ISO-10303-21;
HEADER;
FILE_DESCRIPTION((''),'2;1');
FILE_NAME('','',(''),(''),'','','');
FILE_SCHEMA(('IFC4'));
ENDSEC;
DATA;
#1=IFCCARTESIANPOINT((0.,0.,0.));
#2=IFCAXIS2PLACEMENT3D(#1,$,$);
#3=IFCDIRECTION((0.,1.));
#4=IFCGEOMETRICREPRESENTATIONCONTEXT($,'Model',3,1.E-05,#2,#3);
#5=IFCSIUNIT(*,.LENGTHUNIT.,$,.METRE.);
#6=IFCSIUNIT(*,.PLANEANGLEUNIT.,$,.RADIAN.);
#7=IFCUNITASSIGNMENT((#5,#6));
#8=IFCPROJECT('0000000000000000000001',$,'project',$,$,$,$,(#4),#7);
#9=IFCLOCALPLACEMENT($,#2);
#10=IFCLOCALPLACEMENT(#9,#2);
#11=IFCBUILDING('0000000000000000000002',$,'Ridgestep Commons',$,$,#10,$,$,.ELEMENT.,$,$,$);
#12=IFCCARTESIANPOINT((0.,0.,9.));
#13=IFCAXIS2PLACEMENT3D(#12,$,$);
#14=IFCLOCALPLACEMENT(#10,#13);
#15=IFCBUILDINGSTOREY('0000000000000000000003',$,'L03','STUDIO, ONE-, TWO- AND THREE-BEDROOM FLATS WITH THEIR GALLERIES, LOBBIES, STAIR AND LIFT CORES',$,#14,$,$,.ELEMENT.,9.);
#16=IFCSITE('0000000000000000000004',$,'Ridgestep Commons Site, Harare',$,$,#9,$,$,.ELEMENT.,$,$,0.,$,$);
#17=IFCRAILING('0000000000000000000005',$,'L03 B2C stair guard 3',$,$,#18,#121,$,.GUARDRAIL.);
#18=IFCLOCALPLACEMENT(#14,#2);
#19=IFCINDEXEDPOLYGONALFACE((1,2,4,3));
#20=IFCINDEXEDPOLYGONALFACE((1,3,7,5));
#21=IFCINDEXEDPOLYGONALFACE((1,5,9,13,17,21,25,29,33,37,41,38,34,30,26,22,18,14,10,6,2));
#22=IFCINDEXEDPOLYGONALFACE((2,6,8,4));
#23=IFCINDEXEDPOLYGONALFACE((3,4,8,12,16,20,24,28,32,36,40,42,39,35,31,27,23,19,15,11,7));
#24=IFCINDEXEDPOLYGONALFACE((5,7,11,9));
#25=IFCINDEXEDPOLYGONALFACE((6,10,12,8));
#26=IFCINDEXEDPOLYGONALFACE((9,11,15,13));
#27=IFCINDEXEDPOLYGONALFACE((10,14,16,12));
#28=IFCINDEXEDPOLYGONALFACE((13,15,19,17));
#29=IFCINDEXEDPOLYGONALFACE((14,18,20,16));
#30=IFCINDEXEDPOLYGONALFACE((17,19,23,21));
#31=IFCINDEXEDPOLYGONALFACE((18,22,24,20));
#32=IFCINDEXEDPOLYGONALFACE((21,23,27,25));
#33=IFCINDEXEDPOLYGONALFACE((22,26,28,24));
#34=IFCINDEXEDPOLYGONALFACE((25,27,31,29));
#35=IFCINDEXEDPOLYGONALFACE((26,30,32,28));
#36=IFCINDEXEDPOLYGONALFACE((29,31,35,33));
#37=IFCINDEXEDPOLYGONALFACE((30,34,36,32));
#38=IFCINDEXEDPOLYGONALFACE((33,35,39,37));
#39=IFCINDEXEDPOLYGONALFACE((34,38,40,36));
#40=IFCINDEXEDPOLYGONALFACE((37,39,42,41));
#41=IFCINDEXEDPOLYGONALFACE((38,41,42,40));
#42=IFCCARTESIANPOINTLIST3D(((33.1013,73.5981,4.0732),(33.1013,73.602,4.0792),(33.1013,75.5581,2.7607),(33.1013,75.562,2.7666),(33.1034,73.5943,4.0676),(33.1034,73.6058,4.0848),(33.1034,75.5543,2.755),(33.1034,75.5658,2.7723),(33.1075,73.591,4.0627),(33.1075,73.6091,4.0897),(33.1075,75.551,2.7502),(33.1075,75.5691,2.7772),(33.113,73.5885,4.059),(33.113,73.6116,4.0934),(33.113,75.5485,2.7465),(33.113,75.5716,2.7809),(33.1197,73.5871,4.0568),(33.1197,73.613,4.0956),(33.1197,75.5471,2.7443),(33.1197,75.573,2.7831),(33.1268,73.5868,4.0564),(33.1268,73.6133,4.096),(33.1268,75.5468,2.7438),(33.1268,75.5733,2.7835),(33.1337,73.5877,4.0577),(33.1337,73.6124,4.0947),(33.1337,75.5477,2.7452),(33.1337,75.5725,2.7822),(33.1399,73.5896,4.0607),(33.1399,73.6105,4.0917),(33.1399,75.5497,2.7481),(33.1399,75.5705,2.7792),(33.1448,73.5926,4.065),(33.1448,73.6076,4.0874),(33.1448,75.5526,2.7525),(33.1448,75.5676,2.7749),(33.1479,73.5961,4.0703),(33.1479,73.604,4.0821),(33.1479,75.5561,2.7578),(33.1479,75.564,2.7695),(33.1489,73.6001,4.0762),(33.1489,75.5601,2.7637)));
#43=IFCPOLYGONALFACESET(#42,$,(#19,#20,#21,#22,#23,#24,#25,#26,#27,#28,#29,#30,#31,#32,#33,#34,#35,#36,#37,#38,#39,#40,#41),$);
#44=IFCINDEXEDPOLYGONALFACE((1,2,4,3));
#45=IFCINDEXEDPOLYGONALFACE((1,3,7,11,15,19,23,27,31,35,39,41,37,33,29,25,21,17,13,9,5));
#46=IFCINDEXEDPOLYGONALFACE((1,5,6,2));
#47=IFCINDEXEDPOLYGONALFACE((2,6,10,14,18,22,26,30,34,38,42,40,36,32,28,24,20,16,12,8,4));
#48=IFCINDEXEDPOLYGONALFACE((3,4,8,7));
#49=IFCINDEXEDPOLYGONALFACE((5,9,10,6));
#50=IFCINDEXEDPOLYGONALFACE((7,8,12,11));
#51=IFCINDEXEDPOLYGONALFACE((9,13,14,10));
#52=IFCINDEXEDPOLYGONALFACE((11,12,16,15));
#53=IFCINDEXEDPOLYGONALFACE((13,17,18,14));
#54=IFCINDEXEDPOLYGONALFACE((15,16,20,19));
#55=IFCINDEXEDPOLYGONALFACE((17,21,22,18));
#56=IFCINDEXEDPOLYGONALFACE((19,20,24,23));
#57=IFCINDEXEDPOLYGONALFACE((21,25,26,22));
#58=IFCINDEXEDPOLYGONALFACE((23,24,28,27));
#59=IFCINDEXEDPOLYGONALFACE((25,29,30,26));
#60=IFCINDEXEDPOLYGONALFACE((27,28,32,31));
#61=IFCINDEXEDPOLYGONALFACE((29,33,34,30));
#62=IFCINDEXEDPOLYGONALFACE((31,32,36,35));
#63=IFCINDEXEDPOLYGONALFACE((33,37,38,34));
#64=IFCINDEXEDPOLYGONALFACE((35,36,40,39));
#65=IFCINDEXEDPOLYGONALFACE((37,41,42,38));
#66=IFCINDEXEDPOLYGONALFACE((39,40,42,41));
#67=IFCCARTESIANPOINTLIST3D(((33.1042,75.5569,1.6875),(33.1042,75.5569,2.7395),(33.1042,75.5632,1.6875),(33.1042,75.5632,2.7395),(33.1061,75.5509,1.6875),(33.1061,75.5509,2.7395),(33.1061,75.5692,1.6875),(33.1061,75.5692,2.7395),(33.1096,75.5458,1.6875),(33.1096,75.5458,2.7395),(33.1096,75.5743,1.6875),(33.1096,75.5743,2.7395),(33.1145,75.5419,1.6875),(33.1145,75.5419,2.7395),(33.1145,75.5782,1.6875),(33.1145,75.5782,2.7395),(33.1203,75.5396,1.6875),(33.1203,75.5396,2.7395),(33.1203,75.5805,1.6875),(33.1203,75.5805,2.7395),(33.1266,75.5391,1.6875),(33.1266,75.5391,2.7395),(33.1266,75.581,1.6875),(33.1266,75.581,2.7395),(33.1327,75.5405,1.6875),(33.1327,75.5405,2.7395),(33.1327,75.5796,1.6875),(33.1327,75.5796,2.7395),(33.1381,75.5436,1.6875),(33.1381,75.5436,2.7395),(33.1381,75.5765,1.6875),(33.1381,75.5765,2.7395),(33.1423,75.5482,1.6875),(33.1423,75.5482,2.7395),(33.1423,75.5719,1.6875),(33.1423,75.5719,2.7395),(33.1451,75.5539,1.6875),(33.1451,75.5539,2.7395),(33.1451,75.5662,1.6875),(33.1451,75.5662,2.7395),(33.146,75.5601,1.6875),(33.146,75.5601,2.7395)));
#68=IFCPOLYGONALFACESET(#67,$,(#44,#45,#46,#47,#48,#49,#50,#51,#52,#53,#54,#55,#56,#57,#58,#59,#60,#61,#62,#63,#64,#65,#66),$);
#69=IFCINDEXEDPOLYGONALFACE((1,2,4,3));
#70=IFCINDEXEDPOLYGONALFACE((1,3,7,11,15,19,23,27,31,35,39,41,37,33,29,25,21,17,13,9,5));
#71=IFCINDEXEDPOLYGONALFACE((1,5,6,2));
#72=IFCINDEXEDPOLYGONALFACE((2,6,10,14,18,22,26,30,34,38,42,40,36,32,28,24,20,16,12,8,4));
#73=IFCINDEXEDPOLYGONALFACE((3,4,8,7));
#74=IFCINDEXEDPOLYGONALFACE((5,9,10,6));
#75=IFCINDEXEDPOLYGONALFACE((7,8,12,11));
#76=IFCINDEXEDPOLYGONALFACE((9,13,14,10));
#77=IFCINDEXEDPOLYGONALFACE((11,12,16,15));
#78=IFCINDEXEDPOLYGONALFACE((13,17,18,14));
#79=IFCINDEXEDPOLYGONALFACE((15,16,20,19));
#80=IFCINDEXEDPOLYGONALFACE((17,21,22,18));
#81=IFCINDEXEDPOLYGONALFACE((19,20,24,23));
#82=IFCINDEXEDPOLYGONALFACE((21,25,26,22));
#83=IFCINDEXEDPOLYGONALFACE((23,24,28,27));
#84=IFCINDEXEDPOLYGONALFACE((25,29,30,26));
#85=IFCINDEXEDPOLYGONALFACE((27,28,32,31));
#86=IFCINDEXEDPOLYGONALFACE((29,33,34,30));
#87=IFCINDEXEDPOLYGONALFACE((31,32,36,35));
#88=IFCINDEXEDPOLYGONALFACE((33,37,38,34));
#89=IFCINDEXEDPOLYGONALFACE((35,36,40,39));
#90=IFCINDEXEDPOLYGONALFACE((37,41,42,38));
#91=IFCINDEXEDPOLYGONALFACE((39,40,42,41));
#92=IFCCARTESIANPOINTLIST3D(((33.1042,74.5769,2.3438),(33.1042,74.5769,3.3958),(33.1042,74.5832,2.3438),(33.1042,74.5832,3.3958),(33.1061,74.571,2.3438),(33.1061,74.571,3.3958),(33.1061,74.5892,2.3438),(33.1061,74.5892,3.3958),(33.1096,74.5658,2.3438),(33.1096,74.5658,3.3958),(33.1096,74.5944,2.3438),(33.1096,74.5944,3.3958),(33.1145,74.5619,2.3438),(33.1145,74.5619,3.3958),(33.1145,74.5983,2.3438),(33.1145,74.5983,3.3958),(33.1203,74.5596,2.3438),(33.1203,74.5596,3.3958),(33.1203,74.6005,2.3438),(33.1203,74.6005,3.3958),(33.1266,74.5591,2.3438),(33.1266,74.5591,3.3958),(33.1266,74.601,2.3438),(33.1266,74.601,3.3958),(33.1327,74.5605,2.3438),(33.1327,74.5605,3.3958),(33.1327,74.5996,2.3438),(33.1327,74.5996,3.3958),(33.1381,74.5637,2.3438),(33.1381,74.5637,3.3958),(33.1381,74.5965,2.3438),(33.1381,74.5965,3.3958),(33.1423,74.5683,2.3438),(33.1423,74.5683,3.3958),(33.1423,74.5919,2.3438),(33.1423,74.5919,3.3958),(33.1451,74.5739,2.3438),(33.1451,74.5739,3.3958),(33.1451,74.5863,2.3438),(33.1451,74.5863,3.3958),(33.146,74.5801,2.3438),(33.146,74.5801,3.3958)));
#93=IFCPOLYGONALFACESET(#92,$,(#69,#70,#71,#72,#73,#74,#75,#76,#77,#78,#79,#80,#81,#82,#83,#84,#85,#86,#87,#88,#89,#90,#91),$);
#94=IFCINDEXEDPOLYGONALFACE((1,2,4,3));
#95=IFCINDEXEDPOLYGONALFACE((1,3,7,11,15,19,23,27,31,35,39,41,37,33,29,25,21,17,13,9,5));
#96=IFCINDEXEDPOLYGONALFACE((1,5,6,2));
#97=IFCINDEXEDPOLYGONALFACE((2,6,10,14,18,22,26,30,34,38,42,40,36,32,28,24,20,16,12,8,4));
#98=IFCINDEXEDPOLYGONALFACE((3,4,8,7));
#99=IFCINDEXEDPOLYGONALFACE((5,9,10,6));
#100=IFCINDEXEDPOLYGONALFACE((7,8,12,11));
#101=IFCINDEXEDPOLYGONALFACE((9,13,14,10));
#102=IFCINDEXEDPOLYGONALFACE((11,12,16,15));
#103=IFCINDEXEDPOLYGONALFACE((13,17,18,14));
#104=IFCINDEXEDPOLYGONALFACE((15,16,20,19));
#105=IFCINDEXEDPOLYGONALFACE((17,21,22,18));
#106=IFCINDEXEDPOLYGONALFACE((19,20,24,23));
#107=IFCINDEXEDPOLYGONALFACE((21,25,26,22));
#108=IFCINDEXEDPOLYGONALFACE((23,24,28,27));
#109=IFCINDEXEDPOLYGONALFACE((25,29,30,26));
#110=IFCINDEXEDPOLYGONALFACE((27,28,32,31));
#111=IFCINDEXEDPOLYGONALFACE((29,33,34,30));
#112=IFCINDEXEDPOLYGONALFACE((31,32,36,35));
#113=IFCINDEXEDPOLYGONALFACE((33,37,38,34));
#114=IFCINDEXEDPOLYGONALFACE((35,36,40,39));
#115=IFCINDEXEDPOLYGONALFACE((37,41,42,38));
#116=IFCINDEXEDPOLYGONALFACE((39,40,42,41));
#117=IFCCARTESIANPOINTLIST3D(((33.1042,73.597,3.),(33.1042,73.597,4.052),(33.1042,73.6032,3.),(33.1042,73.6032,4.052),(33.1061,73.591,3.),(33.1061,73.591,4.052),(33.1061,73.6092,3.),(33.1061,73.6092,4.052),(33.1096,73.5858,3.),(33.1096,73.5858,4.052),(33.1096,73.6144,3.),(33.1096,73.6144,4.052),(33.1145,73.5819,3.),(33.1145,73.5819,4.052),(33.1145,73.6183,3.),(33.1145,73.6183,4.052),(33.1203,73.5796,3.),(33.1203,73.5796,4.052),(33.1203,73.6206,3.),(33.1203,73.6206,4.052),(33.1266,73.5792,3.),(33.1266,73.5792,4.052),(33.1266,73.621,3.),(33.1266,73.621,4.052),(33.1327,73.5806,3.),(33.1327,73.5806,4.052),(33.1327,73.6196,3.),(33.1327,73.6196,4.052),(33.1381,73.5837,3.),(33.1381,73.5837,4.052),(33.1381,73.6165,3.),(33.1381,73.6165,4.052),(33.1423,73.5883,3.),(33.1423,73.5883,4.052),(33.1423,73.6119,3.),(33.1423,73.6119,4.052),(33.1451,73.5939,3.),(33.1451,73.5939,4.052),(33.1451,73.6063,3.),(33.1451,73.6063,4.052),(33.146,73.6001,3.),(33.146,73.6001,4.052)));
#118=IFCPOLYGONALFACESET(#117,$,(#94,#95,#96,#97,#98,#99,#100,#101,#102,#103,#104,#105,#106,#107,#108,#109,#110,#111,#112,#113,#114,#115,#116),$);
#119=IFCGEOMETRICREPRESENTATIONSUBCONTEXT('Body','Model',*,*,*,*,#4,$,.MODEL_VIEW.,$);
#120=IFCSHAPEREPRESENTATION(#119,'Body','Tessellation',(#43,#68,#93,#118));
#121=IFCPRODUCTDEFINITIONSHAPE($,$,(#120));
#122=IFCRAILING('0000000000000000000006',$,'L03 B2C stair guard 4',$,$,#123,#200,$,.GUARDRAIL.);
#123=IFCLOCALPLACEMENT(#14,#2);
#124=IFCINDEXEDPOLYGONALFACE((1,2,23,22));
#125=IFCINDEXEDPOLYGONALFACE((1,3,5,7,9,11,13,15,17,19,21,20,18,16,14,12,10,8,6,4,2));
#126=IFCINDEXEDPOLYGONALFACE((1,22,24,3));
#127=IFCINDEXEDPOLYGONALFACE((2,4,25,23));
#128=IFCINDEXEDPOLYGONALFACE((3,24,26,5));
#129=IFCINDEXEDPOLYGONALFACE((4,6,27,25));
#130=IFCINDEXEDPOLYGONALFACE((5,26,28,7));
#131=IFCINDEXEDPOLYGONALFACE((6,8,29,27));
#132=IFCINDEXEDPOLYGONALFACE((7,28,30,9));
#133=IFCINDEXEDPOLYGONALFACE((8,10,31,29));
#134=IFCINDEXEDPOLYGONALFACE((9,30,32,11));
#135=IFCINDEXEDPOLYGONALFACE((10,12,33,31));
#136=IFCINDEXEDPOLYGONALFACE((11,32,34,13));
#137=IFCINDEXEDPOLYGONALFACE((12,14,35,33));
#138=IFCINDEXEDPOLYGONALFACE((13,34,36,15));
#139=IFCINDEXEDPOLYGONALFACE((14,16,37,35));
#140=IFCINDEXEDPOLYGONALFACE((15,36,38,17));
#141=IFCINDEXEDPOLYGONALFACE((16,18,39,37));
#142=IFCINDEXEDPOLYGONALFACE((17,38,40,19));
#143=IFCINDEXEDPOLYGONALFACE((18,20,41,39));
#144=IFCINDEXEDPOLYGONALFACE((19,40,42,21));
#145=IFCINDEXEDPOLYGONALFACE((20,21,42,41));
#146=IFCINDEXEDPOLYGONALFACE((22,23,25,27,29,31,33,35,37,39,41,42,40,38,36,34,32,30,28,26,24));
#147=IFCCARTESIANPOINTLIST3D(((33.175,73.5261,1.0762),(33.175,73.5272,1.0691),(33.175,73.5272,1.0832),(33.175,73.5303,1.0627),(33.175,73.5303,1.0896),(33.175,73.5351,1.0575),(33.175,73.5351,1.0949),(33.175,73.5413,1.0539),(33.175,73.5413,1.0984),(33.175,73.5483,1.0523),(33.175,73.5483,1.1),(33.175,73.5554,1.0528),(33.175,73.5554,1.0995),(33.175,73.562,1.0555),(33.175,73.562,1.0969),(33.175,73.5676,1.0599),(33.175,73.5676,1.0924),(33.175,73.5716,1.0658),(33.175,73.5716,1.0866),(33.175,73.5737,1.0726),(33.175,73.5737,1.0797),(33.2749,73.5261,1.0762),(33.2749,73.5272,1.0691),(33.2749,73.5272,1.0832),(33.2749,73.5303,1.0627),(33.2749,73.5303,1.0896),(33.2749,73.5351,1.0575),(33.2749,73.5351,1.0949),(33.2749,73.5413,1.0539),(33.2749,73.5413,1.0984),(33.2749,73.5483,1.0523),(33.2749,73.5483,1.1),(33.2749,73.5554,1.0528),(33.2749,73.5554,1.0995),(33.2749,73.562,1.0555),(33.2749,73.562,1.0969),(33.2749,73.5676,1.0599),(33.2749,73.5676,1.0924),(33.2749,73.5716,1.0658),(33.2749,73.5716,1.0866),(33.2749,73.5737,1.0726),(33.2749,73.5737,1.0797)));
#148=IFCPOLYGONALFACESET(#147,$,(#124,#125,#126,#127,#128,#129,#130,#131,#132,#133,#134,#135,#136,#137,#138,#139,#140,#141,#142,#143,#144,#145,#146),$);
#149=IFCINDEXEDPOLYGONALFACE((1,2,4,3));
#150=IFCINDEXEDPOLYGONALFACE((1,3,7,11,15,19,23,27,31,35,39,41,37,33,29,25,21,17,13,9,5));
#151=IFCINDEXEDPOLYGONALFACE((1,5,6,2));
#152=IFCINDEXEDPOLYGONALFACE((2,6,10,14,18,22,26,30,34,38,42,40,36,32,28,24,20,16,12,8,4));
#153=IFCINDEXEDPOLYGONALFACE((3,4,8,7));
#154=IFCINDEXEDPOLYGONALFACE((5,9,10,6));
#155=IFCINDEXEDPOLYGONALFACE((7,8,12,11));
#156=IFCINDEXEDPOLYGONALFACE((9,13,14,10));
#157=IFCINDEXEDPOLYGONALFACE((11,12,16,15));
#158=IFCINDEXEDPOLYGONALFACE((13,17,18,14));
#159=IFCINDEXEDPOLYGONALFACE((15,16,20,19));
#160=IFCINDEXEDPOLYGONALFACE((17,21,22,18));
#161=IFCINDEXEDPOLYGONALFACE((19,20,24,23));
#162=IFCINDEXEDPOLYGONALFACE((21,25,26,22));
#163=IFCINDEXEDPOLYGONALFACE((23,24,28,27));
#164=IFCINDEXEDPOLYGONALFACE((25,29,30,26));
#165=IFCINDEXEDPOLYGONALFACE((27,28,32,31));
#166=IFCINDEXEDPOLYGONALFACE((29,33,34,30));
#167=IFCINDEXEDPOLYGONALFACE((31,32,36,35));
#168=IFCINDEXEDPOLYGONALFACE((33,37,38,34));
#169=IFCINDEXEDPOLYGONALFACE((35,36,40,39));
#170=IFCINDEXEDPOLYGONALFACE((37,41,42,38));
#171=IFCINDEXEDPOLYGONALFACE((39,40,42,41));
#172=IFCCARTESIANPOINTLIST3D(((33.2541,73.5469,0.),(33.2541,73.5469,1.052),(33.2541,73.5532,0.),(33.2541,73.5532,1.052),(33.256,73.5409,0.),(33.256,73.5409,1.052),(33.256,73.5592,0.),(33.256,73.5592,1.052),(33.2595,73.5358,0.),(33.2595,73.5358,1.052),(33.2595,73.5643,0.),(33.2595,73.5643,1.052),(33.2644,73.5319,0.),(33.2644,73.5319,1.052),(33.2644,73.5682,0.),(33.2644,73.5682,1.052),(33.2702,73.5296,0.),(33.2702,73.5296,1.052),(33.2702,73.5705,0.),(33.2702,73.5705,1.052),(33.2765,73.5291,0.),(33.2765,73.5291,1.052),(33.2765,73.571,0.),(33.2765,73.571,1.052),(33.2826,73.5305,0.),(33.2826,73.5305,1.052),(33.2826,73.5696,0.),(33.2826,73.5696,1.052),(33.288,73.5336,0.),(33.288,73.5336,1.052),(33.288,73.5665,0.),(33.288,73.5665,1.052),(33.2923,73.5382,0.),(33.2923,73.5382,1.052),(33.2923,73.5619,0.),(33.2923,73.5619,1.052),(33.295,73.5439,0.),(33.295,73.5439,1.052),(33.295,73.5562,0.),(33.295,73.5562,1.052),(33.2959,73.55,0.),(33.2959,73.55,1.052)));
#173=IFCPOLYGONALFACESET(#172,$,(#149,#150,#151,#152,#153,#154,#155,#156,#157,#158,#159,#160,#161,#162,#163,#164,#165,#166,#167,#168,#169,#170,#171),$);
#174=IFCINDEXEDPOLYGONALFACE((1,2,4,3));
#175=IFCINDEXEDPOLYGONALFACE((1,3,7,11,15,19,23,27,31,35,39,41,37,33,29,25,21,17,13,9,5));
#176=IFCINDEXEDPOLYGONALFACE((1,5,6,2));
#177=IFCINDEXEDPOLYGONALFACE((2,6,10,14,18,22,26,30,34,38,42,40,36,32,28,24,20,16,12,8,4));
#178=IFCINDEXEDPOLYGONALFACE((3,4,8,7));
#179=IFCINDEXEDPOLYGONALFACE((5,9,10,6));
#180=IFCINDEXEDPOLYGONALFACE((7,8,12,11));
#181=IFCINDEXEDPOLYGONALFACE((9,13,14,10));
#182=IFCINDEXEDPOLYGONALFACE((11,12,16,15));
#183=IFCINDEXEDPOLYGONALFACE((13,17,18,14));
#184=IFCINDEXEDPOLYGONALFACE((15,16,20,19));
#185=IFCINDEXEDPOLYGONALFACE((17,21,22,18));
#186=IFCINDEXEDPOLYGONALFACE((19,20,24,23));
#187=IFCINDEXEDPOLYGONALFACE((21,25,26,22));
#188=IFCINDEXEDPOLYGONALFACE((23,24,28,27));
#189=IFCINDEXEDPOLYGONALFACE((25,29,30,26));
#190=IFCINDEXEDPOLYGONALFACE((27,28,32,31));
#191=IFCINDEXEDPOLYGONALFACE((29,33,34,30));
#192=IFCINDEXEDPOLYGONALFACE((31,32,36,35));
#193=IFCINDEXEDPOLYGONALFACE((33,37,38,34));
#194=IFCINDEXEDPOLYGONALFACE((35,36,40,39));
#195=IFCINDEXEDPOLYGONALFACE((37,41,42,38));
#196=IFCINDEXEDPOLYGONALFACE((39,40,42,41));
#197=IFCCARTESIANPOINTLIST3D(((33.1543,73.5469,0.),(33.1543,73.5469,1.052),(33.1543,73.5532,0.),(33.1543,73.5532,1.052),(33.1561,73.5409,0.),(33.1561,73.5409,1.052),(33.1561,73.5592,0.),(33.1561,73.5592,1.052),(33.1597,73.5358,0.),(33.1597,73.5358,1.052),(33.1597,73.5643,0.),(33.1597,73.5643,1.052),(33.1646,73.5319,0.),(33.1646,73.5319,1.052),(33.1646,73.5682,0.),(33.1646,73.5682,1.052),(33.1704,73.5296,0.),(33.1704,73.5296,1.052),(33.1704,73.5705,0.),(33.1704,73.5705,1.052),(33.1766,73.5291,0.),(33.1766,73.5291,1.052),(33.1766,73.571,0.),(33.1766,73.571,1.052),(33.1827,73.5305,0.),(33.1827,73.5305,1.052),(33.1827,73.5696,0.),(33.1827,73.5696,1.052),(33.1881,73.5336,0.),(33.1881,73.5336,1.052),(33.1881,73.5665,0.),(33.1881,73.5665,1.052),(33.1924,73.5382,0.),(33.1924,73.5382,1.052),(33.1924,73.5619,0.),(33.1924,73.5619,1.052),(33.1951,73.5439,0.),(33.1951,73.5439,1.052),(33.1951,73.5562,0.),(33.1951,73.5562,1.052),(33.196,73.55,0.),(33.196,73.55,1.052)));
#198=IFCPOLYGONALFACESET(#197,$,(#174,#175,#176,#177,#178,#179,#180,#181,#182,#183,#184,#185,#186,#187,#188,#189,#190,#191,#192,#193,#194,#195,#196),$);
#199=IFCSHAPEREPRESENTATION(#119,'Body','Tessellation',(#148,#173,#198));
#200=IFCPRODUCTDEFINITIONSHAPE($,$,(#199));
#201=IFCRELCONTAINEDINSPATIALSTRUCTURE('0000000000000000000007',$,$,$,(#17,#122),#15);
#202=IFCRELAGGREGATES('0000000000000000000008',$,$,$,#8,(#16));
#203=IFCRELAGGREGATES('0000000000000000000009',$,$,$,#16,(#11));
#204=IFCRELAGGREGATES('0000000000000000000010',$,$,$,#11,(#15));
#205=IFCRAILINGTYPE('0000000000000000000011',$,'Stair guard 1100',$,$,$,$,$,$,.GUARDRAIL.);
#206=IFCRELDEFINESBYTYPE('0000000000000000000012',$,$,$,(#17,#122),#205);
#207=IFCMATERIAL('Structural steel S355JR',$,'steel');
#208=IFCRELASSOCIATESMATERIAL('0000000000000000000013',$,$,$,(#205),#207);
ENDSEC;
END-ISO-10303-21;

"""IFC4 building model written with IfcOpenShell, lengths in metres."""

from ifc_helpers import new_model, si_unit, direction, frame, origin, origin_2d, place, context, subcontext, project, spatial, circle, extrude, material, type_object, element, save


model = new_model("IFC4")

# Units and contexts
model_context = context("Model", 3, precision=1e-05, world=origin(), true_north=direction((0.0, 1.0)))
body_context = subcontext(model_context, "Body", "Model", "MODEL_VIEW")
ifc_project = project(units=[si_unit("LENGTHUNIT", "METRE"), si_unit("PLANEANGLEUNIT", "RADIAN")], contexts=[model_context])

# Site, building, storey
site_placement = place(None, origin())
site = spatial("IfcSite", under=ifc_project, at=site_placement, Name="Ridgestep Commons Site, Harare", CompositionType="ELEMENT", RefElevation=0.0)
building_placement = place(site_placement, origin())
building = spatial("IfcBuilding", under=site, at=building_placement, Name="Ridgestep Commons", CompositionType="ELEMENT")
storey_placement = place(building_placement, frame((0.0, 0.0, 9.0)))
storey = spatial("IfcBuildingStorey", under=building, at=storey_placement, Name="L03", Description="STUDIO, ONE-, TWO- AND THREE-BEDROOM FLATS WITH THEIR GALLERIES, LOBBIES, STAIR AND LIFT CORES", CompositionType="ELEMENT", Elevation=9.0)

# Railings
ifc_material_1 = material(Name="Structural steel S355JR", Category="steel")
railing_type_1 = type_object("IfcRailingType", Name="Stair guard 1100", PredefinedType="GUARDRAIL", material=ifc_material_1)
railing_1_placement = place(storey_placement, frame((33.125, 75.5601, 1.6875)))
element("IfcRailing", 1, at=railing_1_placement, inside=storey, type_object=railing_type_1, Name="L03 B2C stair guard 3", PredefinedType="GUARDRAIL", context=body_context, shape_type="SweptSolid", body=[
    extrude(circle(Radius=0.0239, at=origin_2d()), frame((0.0, 0.0, 1.0762), z_axis=(0.0, -0.830902, 0.556419), x_axis=(1.0, 0.0, 0.0)), (0.0, 0.0, 1.0), 2.3589),
    extrude(circle(Radius=0.021, at=origin_2d()), origin(), (0.0, 0.0, 1.0), 1.052),
    extrude(circle(Radius=0.021, at=origin_2d()), frame((0.0, -0.98, 0.6562)), (0.0, 0.0, 1.0), 1.052),
    extrude(circle(Radius=0.021, at=origin_2d()), frame((0.0, -1.96, 1.3125)), (0.0, 0.0, 1.0), 1.052),
])
railing_2_placement = place(storey_placement, frame((33.2749, 73.55, 0.0)))
element("IfcRailing", 2, at=railing_2_placement, inside=storey, type_object=railing_type_1, Name="L03 B2C stair guard 4", PredefinedType="GUARDRAIL", context=body_context, shape_type="SweptSolid", body=[
    extrude(circle(Radius=0.0239, at=origin_2d()), frame((0.0, 0.0, 1.0762), z_axis=(-1.0, 0.0, 0.0), x_axis=(0.0, -1.0, 0.0)), (0.0, 0.0, 1.0), 0.0999),
    extrude(circle(Radius=0.021, at=origin_2d()), origin(), (0.0, 0.0, 1.0), 1.052),
    extrude(circle(Radius=0.021, at=origin_2d()), frame((-0.0999, 0.0, 0.0)), (0.0, 0.0, 1.0), 1.052),
])

save(model, "model.ifc")
